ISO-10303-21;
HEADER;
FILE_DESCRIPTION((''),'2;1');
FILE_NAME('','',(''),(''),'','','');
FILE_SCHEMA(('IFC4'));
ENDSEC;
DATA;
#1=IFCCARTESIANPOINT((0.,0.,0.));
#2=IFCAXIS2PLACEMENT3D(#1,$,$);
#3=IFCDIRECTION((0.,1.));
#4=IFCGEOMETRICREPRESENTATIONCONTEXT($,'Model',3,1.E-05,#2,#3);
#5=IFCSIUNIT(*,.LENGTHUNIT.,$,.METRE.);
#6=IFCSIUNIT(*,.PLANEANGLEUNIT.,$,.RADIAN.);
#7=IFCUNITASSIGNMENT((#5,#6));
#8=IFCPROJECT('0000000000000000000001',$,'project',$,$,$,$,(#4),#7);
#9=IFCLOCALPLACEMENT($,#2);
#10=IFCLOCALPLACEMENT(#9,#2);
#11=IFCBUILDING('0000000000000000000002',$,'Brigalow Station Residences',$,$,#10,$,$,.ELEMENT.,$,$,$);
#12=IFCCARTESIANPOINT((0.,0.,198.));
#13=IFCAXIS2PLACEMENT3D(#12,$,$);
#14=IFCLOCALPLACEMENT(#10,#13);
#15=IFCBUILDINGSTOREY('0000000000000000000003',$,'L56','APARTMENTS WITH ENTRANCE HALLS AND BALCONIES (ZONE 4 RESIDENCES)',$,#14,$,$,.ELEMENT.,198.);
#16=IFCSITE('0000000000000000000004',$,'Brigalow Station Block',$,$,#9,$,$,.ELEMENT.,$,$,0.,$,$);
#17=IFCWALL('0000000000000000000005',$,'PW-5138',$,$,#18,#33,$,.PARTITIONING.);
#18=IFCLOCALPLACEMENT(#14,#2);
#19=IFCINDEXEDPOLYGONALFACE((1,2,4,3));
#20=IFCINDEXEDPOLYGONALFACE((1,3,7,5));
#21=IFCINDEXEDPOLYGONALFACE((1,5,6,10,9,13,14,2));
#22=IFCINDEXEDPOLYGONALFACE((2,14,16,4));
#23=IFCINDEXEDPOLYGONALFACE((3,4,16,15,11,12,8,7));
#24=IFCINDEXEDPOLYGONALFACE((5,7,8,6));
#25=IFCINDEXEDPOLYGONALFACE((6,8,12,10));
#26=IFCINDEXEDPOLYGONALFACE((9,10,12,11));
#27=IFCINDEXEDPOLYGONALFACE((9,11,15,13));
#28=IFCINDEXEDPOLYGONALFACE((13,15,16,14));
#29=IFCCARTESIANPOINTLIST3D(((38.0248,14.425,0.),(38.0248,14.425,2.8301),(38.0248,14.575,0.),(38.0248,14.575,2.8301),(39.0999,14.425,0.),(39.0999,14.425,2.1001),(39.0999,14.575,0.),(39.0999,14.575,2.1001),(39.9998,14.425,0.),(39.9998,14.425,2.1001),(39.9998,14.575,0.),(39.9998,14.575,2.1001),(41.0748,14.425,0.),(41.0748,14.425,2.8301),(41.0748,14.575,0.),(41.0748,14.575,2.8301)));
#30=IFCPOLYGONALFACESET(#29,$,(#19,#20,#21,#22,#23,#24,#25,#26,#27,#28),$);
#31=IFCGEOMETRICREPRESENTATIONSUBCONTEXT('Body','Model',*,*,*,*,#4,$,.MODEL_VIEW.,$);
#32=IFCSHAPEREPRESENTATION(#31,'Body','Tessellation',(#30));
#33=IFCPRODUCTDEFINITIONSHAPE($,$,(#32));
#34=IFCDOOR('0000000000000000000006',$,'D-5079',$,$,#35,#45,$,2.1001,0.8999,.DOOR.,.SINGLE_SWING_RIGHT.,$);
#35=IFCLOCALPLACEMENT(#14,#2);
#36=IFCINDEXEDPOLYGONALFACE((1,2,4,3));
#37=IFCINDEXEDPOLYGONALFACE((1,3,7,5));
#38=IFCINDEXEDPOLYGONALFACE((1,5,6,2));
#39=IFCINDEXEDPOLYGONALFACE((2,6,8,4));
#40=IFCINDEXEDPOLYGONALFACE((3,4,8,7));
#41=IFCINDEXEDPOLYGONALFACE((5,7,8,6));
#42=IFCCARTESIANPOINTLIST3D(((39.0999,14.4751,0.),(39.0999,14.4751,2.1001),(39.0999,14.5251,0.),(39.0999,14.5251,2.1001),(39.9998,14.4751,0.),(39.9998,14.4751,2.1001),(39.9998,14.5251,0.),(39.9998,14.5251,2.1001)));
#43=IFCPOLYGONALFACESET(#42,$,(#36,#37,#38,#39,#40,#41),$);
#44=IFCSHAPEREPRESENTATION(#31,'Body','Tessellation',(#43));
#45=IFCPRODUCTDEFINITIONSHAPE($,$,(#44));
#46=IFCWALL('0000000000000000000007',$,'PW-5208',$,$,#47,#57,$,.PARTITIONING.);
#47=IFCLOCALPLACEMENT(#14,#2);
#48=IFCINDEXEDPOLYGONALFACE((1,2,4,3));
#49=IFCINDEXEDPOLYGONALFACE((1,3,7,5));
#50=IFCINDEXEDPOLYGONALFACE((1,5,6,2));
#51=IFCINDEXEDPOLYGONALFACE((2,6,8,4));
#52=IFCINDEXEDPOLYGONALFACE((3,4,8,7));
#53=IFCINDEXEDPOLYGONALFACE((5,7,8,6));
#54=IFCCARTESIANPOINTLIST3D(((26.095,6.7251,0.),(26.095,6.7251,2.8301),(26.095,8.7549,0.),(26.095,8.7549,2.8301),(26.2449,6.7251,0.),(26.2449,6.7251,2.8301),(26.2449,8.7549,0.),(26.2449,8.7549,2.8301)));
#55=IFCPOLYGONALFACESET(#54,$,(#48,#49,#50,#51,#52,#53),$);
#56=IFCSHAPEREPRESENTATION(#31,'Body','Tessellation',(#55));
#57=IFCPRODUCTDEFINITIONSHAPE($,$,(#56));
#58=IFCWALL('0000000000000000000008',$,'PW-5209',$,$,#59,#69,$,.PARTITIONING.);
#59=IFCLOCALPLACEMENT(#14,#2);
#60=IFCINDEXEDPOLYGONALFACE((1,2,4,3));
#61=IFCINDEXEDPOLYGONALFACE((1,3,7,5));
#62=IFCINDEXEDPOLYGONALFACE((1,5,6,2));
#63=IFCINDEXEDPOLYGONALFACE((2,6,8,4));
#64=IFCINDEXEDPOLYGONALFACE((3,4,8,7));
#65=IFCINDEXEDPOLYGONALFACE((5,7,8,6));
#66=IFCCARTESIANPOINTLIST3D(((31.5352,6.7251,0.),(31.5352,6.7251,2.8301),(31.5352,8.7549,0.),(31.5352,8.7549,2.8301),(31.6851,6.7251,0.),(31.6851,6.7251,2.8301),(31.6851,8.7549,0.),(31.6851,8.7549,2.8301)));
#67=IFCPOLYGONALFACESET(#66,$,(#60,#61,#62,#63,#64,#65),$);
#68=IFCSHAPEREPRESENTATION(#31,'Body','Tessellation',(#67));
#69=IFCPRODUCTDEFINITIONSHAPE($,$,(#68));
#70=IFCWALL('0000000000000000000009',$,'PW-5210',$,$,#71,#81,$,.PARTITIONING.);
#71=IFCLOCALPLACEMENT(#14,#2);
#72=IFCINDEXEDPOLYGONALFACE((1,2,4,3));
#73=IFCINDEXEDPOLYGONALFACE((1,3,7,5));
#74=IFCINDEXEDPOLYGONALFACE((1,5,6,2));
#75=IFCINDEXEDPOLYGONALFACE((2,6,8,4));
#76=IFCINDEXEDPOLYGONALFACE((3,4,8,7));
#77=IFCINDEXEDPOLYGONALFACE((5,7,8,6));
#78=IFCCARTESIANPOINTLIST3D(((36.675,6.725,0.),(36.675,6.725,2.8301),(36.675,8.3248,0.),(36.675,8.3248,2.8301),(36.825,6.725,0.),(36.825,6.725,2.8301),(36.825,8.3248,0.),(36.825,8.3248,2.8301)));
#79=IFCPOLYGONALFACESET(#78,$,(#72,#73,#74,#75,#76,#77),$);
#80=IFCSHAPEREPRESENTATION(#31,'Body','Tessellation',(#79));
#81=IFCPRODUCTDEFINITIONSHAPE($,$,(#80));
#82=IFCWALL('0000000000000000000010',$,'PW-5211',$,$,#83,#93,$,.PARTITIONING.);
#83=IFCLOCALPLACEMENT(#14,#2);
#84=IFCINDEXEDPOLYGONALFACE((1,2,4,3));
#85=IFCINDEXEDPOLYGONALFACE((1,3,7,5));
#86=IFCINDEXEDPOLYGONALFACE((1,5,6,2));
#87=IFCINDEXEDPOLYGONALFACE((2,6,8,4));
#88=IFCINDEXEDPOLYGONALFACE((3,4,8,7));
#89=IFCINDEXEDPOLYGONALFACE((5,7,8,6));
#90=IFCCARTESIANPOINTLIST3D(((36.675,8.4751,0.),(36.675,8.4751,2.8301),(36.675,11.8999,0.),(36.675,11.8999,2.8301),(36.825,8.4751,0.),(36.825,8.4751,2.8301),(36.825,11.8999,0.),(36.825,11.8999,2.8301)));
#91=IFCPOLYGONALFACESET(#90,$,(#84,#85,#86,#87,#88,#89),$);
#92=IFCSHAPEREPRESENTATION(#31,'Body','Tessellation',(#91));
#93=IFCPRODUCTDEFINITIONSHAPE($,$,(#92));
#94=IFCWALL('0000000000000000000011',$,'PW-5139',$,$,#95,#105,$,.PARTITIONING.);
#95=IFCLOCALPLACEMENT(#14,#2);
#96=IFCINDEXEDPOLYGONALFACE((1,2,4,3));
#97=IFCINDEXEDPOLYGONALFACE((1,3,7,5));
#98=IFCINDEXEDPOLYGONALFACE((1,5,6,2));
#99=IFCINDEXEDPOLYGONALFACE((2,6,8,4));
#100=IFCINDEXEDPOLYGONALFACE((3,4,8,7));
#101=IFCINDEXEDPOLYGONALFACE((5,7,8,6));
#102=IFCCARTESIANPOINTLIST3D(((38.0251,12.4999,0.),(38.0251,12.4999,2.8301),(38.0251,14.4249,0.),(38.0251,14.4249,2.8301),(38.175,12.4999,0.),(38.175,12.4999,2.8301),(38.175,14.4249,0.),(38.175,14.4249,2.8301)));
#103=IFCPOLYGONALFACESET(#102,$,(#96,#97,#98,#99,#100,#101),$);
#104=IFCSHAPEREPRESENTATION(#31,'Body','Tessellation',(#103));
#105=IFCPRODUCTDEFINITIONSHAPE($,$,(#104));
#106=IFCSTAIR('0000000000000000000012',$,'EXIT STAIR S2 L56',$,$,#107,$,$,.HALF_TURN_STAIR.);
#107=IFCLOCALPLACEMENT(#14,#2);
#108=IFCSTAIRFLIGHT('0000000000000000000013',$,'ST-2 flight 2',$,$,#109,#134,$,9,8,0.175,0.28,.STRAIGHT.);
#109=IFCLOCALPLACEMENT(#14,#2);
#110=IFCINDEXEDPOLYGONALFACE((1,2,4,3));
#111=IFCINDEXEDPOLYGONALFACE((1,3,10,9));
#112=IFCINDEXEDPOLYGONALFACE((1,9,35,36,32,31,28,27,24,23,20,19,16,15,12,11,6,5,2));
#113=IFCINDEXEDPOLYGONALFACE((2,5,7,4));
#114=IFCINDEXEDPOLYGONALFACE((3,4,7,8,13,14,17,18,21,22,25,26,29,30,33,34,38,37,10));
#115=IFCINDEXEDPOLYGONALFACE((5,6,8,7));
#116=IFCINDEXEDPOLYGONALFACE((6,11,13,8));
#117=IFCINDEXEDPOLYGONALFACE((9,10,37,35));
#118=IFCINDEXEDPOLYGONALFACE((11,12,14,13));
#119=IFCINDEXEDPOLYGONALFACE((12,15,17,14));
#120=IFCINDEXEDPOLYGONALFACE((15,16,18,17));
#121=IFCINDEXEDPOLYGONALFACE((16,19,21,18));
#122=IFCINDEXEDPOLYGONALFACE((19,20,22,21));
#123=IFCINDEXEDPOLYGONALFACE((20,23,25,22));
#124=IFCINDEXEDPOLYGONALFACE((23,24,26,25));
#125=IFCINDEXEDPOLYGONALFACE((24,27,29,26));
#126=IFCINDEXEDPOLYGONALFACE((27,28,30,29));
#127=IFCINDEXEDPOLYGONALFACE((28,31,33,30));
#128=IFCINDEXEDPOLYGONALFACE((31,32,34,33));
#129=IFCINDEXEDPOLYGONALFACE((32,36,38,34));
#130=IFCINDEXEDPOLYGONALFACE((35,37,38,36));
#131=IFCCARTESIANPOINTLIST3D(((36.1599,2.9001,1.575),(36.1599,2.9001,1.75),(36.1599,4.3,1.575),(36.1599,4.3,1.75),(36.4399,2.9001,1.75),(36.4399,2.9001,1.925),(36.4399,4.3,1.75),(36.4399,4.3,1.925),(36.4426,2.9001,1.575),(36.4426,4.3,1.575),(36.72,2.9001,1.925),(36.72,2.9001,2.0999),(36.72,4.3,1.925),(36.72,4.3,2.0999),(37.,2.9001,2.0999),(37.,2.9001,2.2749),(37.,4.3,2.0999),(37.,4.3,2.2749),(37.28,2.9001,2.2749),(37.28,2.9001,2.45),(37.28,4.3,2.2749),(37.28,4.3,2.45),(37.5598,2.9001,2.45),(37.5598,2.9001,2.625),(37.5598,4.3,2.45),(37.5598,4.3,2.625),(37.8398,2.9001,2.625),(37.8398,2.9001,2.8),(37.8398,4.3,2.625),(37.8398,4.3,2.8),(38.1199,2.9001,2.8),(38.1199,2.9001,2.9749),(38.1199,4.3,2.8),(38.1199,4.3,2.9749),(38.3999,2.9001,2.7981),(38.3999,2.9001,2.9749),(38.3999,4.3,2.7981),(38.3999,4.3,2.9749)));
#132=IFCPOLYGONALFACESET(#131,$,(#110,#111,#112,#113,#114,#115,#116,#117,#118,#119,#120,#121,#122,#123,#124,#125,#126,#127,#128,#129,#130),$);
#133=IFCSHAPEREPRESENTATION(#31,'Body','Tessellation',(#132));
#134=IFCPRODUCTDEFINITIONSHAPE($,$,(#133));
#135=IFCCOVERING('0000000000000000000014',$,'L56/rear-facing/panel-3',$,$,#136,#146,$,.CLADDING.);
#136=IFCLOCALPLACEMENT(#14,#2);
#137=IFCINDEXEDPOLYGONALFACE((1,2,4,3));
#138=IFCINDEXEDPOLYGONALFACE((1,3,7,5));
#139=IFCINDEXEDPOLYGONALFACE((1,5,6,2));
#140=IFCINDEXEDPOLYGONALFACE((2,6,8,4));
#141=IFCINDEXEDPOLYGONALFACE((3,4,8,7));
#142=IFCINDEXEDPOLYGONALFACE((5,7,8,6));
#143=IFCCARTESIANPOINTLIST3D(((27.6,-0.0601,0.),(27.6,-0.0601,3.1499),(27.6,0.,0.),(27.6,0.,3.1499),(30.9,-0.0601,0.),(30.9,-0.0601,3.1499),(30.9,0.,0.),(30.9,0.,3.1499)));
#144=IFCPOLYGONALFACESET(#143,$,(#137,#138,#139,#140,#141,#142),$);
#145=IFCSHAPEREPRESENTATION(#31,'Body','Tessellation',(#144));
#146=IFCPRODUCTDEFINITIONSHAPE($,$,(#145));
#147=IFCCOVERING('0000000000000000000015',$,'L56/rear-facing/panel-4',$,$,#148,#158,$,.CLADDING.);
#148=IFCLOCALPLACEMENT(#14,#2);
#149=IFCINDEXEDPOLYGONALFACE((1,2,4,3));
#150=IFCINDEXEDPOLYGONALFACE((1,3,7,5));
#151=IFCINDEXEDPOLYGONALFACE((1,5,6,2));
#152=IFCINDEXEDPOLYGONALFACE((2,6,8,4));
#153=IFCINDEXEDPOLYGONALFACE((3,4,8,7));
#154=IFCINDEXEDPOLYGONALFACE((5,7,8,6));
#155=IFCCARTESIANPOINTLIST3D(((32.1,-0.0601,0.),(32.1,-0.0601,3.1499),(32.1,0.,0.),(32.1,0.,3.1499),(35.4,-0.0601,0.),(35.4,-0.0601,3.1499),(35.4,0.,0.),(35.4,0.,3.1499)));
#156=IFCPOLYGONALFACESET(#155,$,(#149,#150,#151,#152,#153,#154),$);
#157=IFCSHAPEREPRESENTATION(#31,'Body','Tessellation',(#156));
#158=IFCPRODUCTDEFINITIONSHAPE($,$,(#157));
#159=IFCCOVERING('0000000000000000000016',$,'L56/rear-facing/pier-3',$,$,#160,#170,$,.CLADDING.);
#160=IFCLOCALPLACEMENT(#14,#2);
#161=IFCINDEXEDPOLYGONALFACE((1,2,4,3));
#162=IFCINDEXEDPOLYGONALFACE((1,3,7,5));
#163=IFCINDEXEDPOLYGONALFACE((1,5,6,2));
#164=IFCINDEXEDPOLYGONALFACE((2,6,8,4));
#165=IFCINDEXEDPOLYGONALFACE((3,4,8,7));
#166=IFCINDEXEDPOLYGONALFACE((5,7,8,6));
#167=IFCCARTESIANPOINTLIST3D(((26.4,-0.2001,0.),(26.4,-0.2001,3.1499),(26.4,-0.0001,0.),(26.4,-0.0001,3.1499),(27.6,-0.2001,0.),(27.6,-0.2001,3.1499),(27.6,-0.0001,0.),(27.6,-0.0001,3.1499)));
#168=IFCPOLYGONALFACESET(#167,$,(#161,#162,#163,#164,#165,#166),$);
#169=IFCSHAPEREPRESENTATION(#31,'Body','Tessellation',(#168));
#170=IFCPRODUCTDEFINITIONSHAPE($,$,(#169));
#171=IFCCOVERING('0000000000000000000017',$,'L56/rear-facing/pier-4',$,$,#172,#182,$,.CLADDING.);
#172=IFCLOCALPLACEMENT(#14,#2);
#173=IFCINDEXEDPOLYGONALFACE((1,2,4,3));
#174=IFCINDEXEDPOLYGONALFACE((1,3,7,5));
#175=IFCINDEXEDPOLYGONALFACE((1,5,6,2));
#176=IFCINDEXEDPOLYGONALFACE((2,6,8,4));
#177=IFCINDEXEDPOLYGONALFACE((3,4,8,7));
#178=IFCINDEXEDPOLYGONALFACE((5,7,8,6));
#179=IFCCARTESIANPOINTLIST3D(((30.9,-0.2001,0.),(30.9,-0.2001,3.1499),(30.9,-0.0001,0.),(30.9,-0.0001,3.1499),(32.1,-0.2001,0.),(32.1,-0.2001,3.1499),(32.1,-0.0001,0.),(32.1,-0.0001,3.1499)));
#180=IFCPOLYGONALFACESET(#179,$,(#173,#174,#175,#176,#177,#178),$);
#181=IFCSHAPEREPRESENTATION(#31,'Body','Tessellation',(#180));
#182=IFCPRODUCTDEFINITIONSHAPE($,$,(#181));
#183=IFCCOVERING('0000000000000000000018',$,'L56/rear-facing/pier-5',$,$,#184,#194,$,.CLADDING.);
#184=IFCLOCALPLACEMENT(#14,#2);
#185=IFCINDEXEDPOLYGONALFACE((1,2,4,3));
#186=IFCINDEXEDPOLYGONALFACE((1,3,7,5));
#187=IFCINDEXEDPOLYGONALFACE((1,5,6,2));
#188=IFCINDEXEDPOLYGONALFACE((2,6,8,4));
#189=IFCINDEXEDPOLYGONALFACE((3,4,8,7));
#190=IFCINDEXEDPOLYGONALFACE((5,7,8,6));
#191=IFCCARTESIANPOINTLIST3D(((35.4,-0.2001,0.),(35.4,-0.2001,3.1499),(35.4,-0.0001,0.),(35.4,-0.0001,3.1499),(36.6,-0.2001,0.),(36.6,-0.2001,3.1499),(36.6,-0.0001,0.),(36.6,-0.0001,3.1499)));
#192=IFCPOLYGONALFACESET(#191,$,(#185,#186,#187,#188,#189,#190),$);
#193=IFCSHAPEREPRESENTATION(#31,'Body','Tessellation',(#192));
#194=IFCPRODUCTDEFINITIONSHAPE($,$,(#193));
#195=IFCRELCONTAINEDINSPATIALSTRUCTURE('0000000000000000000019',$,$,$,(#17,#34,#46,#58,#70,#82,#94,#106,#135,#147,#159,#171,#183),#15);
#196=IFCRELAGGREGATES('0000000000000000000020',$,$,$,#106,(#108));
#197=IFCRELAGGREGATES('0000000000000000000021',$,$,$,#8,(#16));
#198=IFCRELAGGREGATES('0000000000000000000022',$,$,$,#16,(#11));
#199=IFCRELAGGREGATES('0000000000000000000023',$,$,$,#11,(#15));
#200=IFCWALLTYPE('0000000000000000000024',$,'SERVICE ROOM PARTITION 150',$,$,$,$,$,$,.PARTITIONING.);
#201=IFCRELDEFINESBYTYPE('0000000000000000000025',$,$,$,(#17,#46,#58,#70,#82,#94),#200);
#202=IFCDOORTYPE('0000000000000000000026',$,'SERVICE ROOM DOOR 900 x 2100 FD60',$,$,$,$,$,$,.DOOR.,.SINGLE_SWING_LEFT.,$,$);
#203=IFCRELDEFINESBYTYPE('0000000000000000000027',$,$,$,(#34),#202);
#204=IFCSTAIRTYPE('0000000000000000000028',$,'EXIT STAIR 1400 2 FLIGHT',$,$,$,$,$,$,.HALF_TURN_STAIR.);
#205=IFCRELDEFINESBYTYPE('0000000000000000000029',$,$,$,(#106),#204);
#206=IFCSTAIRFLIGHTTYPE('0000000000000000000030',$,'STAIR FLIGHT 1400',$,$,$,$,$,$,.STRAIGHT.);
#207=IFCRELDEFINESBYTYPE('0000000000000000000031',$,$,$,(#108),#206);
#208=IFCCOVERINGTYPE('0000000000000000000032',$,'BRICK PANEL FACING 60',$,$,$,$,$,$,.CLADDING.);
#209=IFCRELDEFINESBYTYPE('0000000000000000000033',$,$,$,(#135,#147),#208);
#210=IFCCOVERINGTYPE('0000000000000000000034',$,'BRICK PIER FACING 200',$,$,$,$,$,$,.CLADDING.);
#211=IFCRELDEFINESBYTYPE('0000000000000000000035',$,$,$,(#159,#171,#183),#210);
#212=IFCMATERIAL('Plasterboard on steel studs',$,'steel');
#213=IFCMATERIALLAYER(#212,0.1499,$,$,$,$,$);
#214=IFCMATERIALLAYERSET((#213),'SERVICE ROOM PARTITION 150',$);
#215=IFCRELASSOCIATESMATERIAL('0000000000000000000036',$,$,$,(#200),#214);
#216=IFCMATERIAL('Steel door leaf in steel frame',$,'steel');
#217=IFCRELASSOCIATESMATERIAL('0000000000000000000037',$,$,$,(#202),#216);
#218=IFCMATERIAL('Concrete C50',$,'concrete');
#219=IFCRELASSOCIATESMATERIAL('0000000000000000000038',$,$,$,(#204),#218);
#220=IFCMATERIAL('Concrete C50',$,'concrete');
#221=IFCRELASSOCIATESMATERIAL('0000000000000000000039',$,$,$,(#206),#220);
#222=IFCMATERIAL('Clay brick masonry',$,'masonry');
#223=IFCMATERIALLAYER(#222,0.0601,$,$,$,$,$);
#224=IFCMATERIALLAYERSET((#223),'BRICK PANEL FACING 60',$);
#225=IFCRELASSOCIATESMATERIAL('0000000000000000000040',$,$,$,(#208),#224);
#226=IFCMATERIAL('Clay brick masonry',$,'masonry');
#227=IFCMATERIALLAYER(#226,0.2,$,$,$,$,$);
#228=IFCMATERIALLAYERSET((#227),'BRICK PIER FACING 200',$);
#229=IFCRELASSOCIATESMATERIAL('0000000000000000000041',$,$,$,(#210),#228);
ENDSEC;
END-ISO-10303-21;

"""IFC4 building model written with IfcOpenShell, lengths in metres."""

from ifc_helpers import new_model, si_unit, direction, frame, frame_2d, origin, origin_2d, place, context, subcontext, project, spatial, polyline, rectangle, outline, extrude, material, layer, layer_set, type_object, element, fill, aggregate, save


model = new_model("IFC4")

# Units and contexts
model_context = context("Model", 3, precision=1e-05, world=origin(), true_north=direction((0.0, 1.0)))
body_context = subcontext(model_context, "Body", "Model", "MODEL_VIEW")
ifc_project = project(units=[si_unit("LENGTHUNIT", "METRE"), si_unit("PLANEANGLEUNIT", "RADIAN")], contexts=[model_context])

# Site, building, storey
site_placement = place(None, origin())
site = spatial("IfcSite", under=ifc_project, at=site_placement, Name="Brigalow Station Block", CompositionType="ELEMENT", RefElevation=0.0)
building_placement = place(site_placement, origin())
building = spatial("IfcBuilding", under=site, at=building_placement, Name="Brigalow Station Residences", CompositionType="ELEMENT")
storey_placement = place(building_placement, frame((0.0, 0.0, 198.0)))
storey = spatial("IfcBuildingStorey", under=building, at=storey_placement, Name="L56", Description="APARTMENTS WITH ENTRANCE HALLS AND BALCONIES (ZONE 4 RESIDENCES)", CompositionType="ELEMENT", Elevation=198.0)

# Shared definitions
ifc_material_1 = material(Name="Plasterboard on steel studs", Category="steel")
ifc_layer_1 = layer(ifc_material_1, 0.1499)
ifc_layer_set_1 = layer_set([ifc_layer_1], Name="SERVICE ROOM PARTITION 150")
wall_type_1 = type_object("IfcWallType", Name="SERVICE ROOM PARTITION 150", PredefinedType="PARTITIONING", material=ifc_layer_set_1)

# Wall, opening, door
wall_1_placement = place(storey_placement, frame((38.0249, 14.5, 0.0), z_axis=(0.0, 0.0, 1.0), x_axis=(1.0, 0.0, 0.0)))
wall_1 = element("IfcWall", 1, at=wall_1_placement, inside=storey, type_object=wall_type_1, Name="PW-5138", PredefinedType="PARTITIONING", context=body_context, shape_type="SweptSolid", body=[
    extrude(rectangle(XDim=3.05, YDim=0.1499, at=frame_2d((1.5249, 0.0))), origin(), (0.0, 0.0, 1.0), 2.8301),
])
opening_1_placement = place(wall_1_placement, frame((1.075, 0.0, 0.0)))
opening_1 = element("IfcOpeningElement", 2, at=opening_1_placement, cuts=wall_1, PredefinedType="OPENING", context=body_context, shape_type="SweptSolid", body=[
    extrude(rectangle(XDim=0.8999, YDim=2.1001, at=frame_2d((0.45, 1.05))), frame((0.0, 0.085, 0.0), z_axis=(0.0, -1.0, 0.0), x_axis=(1.0, 0.0, 0.0)), (0.0, 0.0, 1.0), 0.1699),
])
ifc_material_2 = material(Name="Steel door leaf in steel frame", Category="steel")
door_type_1 = type_object("IfcDoorType", Name="SERVICE ROOM DOOR 900 x 2100 FD60", OperationType="SINGLE_SWING_LEFT", PredefinedType="DOOR", material=ifc_material_2)
door_1_placement = place(opening_1_placement, frame((0.8999, 0.0, 0.0), z_axis=(0.0, 0.0, 1.0), x_axis=(-1.0, 0.0, 0.0)))
door_1 = element("IfcDoor", 3, at=door_1_placement, inside=storey, type_object=door_type_1, Name="D-5079", OperationType="SINGLE_SWING_RIGHT", OverallHeight=2.1001, OverallWidth=0.8999, PredefinedType="DOOR", context=body_context, shape_type="SweptSolid", body=[
    extrude(rectangle(XDim=0.8999, YDim=2.1001, at=frame_2d((0.45, 1.05))), frame((0.0, 0.0249, 0.0), z_axis=(0.0, -1.0, 0.0), x_axis=(1.0, 0.0, 0.0)), (0.0, 0.0, 1.0), 0.05),
])
fill(opening_1, door_1)

# Walls
for number, where, z_axis, x_axis, name in (
    (4, (26.1699, 6.7251, 0.0), (0.0, 0.0, 1.0), (0.0, 1.0, 0.0), "PW-5208"),
    (5, (31.6101, 6.7251, 0.0), (0.0, 0.0, 1.0), (0.0, 1.0, 0.0), "PW-5209"),
):
    element("IfcWall", number, at=place(storey_placement, frame(where, z_axis=z_axis, x_axis=x_axis)), inside=storey, type_object=wall_type_1, Name=name, PredefinedType="PARTITIONING", context=body_context, shape_type="SweptSolid", body=[
        extrude(rectangle(XDim=2.0298, YDim=0.1499, at=frame_2d((1.0149, 0.0))), origin(), (0.0, 0.0, 1.0), 2.8301),
    ])
wall_2_placement = place(storey_placement, frame((36.75, 6.7251, 0.0), z_axis=(0.0, 0.0, 1.0), x_axis=(0.0, 1.0, 0.0)))
element("IfcWall", 6, at=wall_2_placement, inside=storey, type_object=wall_type_1, Name="PW-5210", PredefinedType="PARTITIONING", context=body_context, shape_type="SweptSolid", body=[
    extrude(rectangle(XDim=1.5999, YDim=0.1499, at=frame_2d((0.7998, 0.0))), origin(), (0.0, 0.0, 1.0), 2.8301),
])
wall_3_placement = place(storey_placement, frame((36.75, 8.4751, 0.0), z_axis=(0.0, 0.0, 1.0), x_axis=(0.0, 1.0, 0.0)))
element("IfcWall", 7, at=wall_3_placement, inside=storey, type_object=wall_type_1, Name="PW-5211", PredefinedType="PARTITIONING", context=body_context, shape_type="SweptSolid", body=[
    extrude(rectangle(XDim=3.4248, YDim=0.1499, at=frame_2d((1.7124, 0.0))), origin(), (0.0, 0.0, 1.0), 2.8301),
])
wall_4_placement = place(storey_placement, frame((38.1001, 12.5, 0.0), z_axis=(0.0, 0.0, 1.0), x_axis=(0.0, 1.0, 0.0)))
element("IfcWall", 8, at=wall_4_placement, inside=storey, type_object=wall_type_1, Name="PW-5139", PredefinedType="PARTITIONING", context=body_context, shape_type="SweptSolid", body=[
    extrude(rectangle(XDim=1.925, YDim=0.1499, at=frame_2d((0.9624, 0.0))), origin(), (0.0, 0.0, 1.0), 2.8301),
])

# Stair, stair flight
ifc_material_3 = material(Name="Concrete C50", Category="concrete")
stair_type = type_object("IfcStairType", Name="EXIT STAIR 1400 2 FLIGHT", PredefinedType="HALF_TURN_STAIR", material=ifc_material_3)
stair_placement = place(storey_placement, origin())
stair = element("IfcStair", 9, at=stair_placement, inside=storey, type_object=stair_type, Name="EXIT STAIR S2 L56", PredefinedType="HALF_TURN_STAIR")
ifc_material_4 = material(Name="Concrete C50", Category="concrete")
stair_flight_type = type_object("IfcStairFlightType", Name="STAIR FLIGHT 1400", PredefinedType="STRAIGHT", material=ifc_material_4)
stair_flight_placement = place(storey_placement, frame((36.1599, 3.6001, 1.575), z_axis=(0.0, 0.0, 1.0), x_axis=(1.0, 0.0, 0.0)))
stair_flight = element("IfcStairFlight", 10, at=stair_flight_placement, type_object=stair_flight_type, Name="ST-2 flight 2", NumberOfRisers=9, NumberOfTreads=8, PredefinedType="STRAIGHT", RiserHeight=0.175, TreadLength=0.28, context=body_context, shape_type="SweptSolid", body=[
    extrude(outline(polyline([(0.0, 0.0), (0.0, 0.175), (0.28, 0.175), (0.28, 0.3501), (0.5601, 0.3501), (0.5601, 0.5249), (0.8401, 0.5249), (0.8401, 0.7), (1.1201, 0.7), (1.1201, 0.875), (1.3999, 0.875), (1.3999, 1.05), (1.6799, 1.05), (1.6799, 1.2251), (1.96, 1.2251), (1.96, 1.3999), (2.24, 1.3999), (2.24, 1.575), (2.24, 1.2231), (0.2827, 0.0), (0.0, 0.0)])), frame((0.0, 0.7, 0.0), z_axis=(0.0, -1.0, 0.0), x_axis=(1.0, 0.0, 0.0)), (0.0, 0.0, 1.0), 1.3999),
])
aggregate(stair, [stair_flight])

# Coverings
ifc_material_5 = material(Name="Clay brick masonry", Category="masonry")
ifc_layer_2 = layer(ifc_material_5, 0.0601)
ifc_layer_set_2 = layer_set([ifc_layer_2], Name="BRICK PANEL FACING 60")
covering_type_1 = type_object("IfcCoveringType", Name="BRICK PANEL FACING 60", PredefinedType="CLADDING", material=ifc_layer_set_2)
for number, where, z_axis, x_axis, name in (
    (11, (29.25, -0.03, 0.0), (0.0, 0.0, 1.0), (1.0, 0.0, 0.0), "L56/rear-facing/panel-3"),
    (12, (33.75, -0.03, 0.0), (0.0, 0.0, 1.0), (1.0, 0.0, 0.0), "L56/rear-facing/panel-4"),
):
    element("IfcCovering", number, at=place(storey_placement, frame(where, z_axis=z_axis, x_axis=x_axis)), inside=storey, type_object=covering_type_1, Name=name, PredefinedType="CLADDING", context=body_context, shape_type="SweptSolid", body=[
        extrude(rectangle(XDim=3.3, YDim=0.0601, at=origin_2d()), origin(), (0.0, 0.0, 1.0), 3.1499),
    ])
ifc_material_6 = material(Name="Clay brick masonry", Category="masonry")
ifc_layer_3 = layer(ifc_material_6, 0.2)
ifc_layer_set_3 = layer_set([ifc_layer_3], Name="BRICK PIER FACING 200")
covering_type_2 = type_object("IfcCoveringType", Name="BRICK PIER FACING 200", PredefinedType="CLADDING", material=ifc_layer_set_3)
for number, where, z_axis, x_axis, name in (
    (13, (27.0, -0.1001, 0.0), (0.0, 0.0, 1.0), (1.0, 0.0, 0.0), "L56/rear-facing/pier-3"),
    (14, (31.5, -0.1001, 0.0), (0.0, 0.0, 1.0), (1.0, 0.0, 0.0), "L56/rear-facing/pier-4"),
    (15, (36.0, -0.1001, 0.0), (0.0, 0.0, 1.0), (1.0, 0.0, 0.0), "L56/rear-facing/pier-5"),
):
    element("IfcCovering", number, at=place(storey_placement, frame(where, z_axis=z_axis, x_axis=x_axis)), inside=storey, type_object=covering_type_2, Name=name, PredefinedType="CLADDING", context=body_context, shape_type="SweptSolid", body=[
        extrude(rectangle(XDim=1.2, YDim=0.2, at=origin_2d()), origin(), (0.0, 0.0, 1.0), 3.1499),
    ])

save(model, "model.ifc")
